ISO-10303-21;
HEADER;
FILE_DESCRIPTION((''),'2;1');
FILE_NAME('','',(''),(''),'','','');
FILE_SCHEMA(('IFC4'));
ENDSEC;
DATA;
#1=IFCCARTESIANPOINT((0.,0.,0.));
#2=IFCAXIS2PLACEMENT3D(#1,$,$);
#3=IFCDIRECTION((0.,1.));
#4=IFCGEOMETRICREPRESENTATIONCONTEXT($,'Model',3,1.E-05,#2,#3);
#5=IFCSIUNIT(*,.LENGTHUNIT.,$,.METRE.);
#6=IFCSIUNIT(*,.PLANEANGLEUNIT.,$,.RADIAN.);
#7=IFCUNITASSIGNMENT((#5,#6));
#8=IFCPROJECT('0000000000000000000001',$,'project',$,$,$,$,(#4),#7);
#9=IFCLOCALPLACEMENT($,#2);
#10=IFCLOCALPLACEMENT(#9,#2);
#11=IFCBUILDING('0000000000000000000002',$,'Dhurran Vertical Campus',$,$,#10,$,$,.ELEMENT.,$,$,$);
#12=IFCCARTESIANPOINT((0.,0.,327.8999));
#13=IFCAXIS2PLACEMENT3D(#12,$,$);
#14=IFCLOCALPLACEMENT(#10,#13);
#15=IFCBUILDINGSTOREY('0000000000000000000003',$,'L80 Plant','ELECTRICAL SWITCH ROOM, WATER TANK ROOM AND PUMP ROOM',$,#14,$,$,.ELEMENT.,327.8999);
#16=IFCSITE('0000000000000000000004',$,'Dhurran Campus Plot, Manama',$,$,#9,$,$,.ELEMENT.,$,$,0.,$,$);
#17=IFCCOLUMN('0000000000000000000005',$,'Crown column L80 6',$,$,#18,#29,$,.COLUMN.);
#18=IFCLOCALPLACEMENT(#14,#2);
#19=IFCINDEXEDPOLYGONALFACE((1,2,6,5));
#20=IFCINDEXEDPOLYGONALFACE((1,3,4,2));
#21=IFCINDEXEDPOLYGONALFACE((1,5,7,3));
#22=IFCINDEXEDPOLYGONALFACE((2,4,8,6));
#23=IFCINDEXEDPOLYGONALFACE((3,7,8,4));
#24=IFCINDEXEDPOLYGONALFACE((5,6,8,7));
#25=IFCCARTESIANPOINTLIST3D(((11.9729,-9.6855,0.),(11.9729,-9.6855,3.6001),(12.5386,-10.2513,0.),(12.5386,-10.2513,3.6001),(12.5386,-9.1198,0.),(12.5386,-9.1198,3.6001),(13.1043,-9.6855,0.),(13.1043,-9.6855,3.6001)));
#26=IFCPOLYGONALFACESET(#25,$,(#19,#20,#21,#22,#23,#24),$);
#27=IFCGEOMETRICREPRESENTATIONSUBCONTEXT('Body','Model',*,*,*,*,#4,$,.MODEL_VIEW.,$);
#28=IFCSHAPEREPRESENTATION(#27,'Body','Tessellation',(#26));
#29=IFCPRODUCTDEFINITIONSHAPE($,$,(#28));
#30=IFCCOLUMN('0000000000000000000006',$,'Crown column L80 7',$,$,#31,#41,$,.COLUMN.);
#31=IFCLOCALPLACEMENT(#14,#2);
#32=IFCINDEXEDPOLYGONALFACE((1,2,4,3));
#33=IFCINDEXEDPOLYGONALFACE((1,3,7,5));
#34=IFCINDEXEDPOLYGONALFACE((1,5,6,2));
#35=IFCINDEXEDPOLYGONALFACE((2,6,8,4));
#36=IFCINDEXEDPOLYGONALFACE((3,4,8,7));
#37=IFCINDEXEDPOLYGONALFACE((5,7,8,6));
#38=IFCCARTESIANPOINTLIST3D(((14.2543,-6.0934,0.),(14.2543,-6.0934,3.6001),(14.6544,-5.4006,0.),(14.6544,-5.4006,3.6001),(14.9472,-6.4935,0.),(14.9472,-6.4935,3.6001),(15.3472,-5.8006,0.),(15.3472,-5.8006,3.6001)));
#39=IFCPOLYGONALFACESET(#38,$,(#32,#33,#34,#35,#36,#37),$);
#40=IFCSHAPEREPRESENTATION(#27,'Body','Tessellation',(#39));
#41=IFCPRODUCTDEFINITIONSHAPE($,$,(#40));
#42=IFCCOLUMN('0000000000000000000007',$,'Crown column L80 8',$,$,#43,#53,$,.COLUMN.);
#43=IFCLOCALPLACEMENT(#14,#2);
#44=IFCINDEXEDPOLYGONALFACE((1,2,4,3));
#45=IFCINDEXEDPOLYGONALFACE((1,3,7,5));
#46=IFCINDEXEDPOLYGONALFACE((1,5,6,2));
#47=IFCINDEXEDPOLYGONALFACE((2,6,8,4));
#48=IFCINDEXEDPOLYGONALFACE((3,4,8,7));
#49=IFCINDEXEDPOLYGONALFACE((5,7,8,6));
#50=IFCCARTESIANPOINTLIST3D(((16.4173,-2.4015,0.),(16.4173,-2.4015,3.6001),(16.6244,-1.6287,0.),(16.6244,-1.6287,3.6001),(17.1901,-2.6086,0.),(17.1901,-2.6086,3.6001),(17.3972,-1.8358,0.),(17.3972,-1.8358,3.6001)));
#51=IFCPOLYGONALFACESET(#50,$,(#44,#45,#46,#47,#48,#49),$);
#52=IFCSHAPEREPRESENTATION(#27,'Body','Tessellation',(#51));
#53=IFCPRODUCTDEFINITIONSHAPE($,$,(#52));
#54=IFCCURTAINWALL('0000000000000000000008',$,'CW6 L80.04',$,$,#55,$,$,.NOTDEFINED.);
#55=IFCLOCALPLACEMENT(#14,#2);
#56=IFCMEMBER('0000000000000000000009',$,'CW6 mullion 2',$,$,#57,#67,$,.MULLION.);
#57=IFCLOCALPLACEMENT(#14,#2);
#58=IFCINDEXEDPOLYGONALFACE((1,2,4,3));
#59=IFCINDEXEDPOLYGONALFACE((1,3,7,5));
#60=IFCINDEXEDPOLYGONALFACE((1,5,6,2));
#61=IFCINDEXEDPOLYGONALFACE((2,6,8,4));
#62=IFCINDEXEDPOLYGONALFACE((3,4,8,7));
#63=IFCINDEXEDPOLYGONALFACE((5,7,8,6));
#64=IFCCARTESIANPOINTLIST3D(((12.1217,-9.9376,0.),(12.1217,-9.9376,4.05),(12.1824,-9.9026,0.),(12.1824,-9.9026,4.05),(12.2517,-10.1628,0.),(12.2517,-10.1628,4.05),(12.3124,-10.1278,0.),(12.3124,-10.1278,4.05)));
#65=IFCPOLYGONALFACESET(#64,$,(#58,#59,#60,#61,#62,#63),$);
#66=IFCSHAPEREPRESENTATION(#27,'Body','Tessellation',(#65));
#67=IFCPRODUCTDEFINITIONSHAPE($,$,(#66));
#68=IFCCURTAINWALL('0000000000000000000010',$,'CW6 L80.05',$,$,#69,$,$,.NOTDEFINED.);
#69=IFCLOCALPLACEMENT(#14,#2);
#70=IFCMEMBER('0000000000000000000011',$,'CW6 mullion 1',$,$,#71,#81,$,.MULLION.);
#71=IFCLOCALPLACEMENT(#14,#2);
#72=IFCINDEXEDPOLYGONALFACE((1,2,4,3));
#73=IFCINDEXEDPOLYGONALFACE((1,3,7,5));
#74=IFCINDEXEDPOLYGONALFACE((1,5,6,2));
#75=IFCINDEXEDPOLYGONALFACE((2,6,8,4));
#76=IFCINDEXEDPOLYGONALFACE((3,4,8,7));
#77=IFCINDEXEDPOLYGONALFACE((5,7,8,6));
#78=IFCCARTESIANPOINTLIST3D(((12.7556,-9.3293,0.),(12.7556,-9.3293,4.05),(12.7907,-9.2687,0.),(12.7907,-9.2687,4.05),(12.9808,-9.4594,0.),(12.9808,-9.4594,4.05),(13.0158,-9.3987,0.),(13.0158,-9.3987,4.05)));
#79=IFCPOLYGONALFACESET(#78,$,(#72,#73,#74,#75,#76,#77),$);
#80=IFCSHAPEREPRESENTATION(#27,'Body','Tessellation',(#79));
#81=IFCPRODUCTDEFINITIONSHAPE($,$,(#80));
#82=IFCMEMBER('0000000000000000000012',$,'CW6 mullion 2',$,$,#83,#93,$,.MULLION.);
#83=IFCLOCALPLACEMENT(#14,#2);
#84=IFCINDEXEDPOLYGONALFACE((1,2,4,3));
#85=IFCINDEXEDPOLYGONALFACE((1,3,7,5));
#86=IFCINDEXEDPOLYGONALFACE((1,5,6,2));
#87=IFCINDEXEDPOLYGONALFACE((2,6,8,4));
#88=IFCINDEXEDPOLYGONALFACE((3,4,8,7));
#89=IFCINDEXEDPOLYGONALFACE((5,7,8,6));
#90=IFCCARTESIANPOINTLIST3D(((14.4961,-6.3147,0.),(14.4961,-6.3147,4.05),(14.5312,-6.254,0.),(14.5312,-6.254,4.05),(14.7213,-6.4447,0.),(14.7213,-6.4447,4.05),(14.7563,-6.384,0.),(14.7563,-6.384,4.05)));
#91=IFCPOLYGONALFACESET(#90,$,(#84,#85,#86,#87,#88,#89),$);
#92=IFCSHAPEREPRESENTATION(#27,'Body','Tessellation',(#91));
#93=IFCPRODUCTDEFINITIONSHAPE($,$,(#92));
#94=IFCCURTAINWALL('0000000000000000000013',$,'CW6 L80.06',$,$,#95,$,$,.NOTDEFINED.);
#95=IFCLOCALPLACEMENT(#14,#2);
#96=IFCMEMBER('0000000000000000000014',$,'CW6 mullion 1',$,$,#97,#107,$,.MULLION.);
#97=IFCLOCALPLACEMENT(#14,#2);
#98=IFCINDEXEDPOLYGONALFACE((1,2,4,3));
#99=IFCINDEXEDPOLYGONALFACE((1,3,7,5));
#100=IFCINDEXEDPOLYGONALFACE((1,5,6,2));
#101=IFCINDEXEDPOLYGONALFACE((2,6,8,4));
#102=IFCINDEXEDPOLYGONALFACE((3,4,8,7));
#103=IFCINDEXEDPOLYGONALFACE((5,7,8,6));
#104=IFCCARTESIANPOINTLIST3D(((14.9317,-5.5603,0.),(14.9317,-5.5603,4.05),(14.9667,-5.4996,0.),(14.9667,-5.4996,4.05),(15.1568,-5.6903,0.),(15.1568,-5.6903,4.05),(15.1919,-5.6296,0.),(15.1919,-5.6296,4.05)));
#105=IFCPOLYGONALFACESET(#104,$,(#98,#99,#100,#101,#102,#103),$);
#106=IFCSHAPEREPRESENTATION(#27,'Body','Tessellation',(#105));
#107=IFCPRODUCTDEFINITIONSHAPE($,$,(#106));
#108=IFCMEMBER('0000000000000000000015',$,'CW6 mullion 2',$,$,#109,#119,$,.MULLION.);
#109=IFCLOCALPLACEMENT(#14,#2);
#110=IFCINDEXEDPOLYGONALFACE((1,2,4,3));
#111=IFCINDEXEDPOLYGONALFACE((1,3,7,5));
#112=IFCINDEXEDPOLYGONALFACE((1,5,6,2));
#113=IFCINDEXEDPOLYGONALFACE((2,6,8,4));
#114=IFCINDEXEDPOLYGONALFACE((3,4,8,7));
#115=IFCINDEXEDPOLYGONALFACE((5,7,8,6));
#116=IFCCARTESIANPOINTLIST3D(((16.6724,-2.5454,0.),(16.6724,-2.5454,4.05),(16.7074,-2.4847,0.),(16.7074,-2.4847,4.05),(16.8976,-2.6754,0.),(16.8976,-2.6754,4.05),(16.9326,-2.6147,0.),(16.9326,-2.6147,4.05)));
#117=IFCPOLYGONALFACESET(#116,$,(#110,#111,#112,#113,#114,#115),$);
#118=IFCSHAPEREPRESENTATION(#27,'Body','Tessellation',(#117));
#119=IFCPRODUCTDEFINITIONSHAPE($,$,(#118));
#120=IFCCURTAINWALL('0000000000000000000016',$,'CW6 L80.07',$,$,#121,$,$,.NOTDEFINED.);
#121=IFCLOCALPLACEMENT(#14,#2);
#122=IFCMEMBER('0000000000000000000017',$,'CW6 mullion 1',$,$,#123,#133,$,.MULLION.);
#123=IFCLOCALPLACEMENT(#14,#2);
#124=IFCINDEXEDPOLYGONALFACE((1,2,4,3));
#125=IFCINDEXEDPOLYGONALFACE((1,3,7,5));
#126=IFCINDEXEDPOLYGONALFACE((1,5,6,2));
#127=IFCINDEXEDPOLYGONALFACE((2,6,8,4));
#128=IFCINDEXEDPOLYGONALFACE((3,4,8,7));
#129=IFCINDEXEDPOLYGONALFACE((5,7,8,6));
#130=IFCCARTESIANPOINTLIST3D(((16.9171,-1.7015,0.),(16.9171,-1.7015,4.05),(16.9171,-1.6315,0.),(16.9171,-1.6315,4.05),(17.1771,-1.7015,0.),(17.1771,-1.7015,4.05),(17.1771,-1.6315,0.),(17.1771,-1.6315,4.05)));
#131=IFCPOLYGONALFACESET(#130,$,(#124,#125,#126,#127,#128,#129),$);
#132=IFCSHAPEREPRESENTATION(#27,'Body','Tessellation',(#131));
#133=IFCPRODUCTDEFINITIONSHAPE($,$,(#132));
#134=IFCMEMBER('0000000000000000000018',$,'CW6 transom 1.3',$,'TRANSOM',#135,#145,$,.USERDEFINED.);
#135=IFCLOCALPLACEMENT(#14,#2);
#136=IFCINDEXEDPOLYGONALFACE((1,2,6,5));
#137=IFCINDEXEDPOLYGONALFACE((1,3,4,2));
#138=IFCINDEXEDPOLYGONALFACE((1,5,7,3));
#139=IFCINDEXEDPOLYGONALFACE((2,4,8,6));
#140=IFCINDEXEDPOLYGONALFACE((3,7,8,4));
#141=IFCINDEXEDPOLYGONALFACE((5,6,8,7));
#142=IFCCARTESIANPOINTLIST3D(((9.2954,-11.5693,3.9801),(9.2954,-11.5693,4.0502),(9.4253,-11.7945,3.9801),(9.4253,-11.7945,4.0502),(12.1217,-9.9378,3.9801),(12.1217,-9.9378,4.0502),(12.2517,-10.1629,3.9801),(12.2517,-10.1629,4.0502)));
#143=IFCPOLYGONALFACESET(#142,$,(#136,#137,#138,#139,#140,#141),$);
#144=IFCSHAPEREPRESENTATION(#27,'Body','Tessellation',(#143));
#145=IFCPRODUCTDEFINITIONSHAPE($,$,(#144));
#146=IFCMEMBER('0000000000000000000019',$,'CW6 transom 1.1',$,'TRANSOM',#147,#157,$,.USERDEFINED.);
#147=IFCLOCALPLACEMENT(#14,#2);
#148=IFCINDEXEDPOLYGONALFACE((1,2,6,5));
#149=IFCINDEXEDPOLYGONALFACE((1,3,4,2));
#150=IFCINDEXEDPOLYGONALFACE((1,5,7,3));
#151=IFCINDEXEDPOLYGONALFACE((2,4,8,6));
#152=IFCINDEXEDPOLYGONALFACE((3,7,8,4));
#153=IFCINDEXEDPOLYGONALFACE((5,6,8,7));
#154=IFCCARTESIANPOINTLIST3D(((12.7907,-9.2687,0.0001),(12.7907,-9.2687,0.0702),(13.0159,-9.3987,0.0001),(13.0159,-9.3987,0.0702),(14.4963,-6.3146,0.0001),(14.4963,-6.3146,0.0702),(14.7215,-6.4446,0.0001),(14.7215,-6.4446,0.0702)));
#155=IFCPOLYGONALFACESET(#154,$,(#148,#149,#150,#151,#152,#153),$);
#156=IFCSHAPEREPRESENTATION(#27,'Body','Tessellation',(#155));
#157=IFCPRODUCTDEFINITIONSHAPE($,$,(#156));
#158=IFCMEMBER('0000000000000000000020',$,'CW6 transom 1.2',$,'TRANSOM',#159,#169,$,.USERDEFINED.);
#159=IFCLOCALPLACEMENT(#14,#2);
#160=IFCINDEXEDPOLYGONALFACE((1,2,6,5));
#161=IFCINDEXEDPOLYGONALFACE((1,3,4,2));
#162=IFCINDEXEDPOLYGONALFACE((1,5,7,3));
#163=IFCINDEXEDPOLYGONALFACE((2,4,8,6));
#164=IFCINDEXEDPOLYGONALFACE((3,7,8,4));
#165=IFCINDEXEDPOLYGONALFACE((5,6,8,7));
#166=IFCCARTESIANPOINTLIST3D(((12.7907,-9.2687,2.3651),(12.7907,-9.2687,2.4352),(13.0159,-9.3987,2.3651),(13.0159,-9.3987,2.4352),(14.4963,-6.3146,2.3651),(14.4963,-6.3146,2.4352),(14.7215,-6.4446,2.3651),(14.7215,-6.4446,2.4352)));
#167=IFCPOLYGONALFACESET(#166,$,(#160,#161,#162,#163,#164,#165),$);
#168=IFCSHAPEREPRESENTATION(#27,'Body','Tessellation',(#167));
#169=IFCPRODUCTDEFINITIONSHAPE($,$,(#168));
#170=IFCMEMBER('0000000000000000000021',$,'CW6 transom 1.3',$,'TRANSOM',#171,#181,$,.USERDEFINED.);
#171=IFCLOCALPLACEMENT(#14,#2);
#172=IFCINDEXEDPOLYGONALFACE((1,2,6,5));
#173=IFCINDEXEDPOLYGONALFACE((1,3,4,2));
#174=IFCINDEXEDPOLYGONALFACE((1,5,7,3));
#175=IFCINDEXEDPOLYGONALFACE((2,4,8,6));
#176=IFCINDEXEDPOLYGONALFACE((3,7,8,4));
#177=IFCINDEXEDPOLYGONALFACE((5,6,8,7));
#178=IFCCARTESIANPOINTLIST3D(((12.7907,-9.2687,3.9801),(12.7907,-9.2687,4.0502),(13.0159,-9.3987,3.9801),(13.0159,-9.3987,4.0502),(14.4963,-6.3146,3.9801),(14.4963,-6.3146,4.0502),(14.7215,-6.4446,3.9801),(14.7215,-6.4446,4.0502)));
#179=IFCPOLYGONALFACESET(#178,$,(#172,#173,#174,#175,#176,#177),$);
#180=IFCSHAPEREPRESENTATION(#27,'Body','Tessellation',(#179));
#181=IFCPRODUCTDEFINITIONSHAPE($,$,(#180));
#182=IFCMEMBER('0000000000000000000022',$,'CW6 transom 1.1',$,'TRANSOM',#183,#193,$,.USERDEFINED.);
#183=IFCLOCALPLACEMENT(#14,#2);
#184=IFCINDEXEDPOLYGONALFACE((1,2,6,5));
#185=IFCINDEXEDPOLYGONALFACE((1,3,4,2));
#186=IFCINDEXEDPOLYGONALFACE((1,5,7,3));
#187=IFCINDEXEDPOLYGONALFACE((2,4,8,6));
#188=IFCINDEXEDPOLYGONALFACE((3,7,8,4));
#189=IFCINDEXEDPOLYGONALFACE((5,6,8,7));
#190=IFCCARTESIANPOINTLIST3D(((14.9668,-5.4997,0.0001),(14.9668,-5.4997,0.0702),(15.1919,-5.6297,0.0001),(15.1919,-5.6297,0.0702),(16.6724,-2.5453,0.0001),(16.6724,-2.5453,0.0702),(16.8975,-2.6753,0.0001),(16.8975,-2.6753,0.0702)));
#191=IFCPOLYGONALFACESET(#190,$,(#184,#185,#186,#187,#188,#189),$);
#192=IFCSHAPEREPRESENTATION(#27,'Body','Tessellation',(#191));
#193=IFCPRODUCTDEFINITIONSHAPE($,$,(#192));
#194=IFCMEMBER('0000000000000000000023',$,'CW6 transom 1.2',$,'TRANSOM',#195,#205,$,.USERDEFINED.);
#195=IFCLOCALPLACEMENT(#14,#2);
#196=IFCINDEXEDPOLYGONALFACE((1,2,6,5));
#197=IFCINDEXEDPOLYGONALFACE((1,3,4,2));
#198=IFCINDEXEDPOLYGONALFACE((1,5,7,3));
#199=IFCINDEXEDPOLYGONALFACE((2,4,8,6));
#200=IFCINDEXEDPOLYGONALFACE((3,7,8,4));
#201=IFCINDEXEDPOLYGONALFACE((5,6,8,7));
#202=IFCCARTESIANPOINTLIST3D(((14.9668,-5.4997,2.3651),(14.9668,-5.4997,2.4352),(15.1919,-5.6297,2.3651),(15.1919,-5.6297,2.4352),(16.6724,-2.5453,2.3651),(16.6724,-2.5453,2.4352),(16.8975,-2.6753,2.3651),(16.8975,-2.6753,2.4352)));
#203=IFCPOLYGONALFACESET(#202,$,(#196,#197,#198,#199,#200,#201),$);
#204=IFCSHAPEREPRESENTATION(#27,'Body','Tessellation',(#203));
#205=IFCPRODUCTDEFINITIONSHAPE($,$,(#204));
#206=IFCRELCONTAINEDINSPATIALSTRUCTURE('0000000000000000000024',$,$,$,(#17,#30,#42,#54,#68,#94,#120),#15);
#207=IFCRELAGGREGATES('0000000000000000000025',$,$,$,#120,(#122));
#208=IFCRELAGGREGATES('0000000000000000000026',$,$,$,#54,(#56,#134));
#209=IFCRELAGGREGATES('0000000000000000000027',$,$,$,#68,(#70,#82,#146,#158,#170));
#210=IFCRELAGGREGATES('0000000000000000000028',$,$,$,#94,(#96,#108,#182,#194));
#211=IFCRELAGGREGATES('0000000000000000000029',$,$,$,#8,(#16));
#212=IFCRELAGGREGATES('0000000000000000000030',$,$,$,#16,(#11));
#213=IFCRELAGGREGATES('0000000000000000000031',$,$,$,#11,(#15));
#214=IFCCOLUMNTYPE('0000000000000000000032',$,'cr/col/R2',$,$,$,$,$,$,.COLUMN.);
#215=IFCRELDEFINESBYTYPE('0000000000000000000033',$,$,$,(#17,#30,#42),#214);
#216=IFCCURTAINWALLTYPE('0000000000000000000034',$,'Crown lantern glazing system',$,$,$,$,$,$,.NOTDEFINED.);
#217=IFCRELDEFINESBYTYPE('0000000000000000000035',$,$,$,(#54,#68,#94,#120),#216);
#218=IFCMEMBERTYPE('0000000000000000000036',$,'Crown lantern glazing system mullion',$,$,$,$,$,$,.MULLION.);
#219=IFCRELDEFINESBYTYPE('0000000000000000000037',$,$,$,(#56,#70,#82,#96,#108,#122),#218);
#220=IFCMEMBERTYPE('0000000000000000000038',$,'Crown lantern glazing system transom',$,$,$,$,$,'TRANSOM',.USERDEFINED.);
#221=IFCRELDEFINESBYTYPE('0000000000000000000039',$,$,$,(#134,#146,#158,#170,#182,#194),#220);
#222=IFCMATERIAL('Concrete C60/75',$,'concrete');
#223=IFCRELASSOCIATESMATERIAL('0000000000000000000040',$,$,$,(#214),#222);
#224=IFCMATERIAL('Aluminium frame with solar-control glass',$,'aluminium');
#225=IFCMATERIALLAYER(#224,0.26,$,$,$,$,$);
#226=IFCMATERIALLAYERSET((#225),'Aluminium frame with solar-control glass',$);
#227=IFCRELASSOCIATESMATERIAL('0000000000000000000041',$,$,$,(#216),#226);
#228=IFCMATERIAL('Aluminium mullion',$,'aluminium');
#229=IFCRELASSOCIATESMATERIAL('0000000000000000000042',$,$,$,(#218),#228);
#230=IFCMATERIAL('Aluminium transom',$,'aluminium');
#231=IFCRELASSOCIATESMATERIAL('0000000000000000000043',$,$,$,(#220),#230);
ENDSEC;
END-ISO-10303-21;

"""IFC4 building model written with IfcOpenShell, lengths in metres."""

from ifc_helpers import new_model, si_unit, direction, frame, origin, origin_2d, place, context, subcontext, project, spatial, rectangle, extrude, material, layer, layer_set, material_profile, profile_set, type_object, element, aggregate, save


model = new_model("IFC4")

# Units and contexts
model_context = context("Model", 3, precision=1e-05, world=origin(), true_north=direction((0.0, 1.0)))
body_context = subcontext(model_context, "Body", "Model", "MODEL_VIEW")
ifc_project = project(units=[si_unit("LENGTHUNIT", "METRE"), si_unit("PLANEANGLEUNIT", "RADIAN")], contexts=[model_context])

# Site, building, storey
site_placement = place(None, origin())
site = spatial("IfcSite", under=ifc_project, at=site_placement, Name="Dhurran Campus Plot, Manama", CompositionType="ELEMENT", RefElevation=0.0)
building_placement = place(site_placement, origin())
building = spatial("IfcBuilding", under=site, at=building_placement, Name="Dhurran Vertical Campus", CompositionType="ELEMENT")
storey_placement = place(building_placement, frame((0.0, 0.0, 327.8999)))
storey = spatial("IfcBuildingStorey", under=building, at=storey_placement, Name="L80 Plant", Description="ELECTRICAL SWITCH ROOM, WATER TANK ROOM AND PUMP ROOM", CompositionType="ELEMENT", Elevation=327.8999)

# Columns
ifc_material_1 = material(Name="Concrete C60/75", Category="concrete")
ifc_material_profile_1 = material_profile(ifc_material_1, rectangle(XDim=0.8, YDim=0.8, at=origin_2d()), Name="cr/col/R2")
ifc_profile_set_1 = profile_set([ifc_material_profile_1], Name="Concrete C60/75")
column_type = type_object("IfcColumnType", Name="cr/col/R2", PredefinedType="COLUMN", material=ifc_profile_set_1)
for number, where, z_axis, x_axis, name in (
    (1, (12.5386, -9.6855, 0.0), (0.0, 0.0, 1.0), (0.707107, 0.707107, 0.0), "Crown column L80 6"),
    (2, (14.8008, -5.947, 0.0), (0.0, 0.0, 1.0), (0.5, 0.866025, 0.0), "Crown column L80 7"),
    (3, (16.9072, -2.1187, 0.0), (0.0, 0.0, 1.0), (0.258819, 0.965926, 0.0), "Crown column L80 8"),
):
    element("IfcColumn", number, at=place(storey_placement, frame(where, z_axis=z_axis, x_axis=x_axis)), inside=storey, type_object=column_type, Name=name, PredefinedType="COLUMN", context=body_context, shape_type="SweptSolid", body=[
        extrude(rectangle(XDim=0.8, YDim=0.8, at=origin_2d()), origin(), (0.0, 0.0, 1.0), 3.6001),
    ])

# Curtain wall, member
ifc_material_2 = material(Name="Aluminium frame with solar-control glass", Category="aluminium")
ifc_layer_1 = layer(ifc_material_2, 0.26)
ifc_layer_set_1 = layer_set([ifc_layer_1], Name="Aluminium frame with solar-control glass")
curtain_wall_type = type_object("IfcCurtainWallType", Name="Crown lantern glazing system", PredefinedType="NOTDEFINED", material=ifc_layer_set_1)
curtain_wall_1_placement = place(storey_placement, origin())
curtain_wall_1 = element("IfcCurtainWall", 4, at=curtain_wall_1_placement, inside=storey, type_object=curtain_wall_type, Name="CW6 L80.04", PredefinedType="NOTDEFINED")
ifc_material_3 = material(Name="Aluminium mullion", Category="aluminium")
ifc_material_profile_2 = material_profile(ifc_material_3, rectangle(XDim=0.26, YDim=0.0701, at=origin_2d()), Name="Crown lantern glazing system mullion")
ifc_profile_set_2 = profile_set([ifc_material_profile_2], Name="Aluminium mullion")
member_type_1 = type_object("IfcMemberType", Name="Crown lantern glazing system mullion", PredefinedType="MULLION", material=ifc_profile_set_2)
member_1_placement = place(storey_placement, frame((12.217, -10.0327, 0.0), z_axis=(0.0, 0.0, 1.0), x_axis=(-0.499991, 0.86603, 0.0)))
member_1 = element("IfcMember", 5, at=member_1_placement, type_object=member_type_1, Name="CW6 mullion 2", PredefinedType="MULLION", context=body_context, shape_type="SweptSolid", body=[
    extrude(rectangle(XDim=0.26, YDim=0.0701, at=origin_2d()), origin(), (0.0, 0.0, 1.0), 4.05),
])

# Curtain walls, members
curtain_wall_2_placement = place(storey_placement, origin())
curtain_wall_2 = element("IfcCurtainWall", 6, at=curtain_wall_2_placement, inside=storey, type_object=curtain_wall_type, Name="CW6 L80.05", PredefinedType="NOTDEFINED")
member_2_placement = place(storey_placement, frame((12.8857, -9.364, 0.0), z_axis=(0.0, 0.0, 1.0), x_axis=(-0.866016, 0.500016, 0.0)))
member_2 = element("IfcMember", 7, at=member_2_placement, type_object=member_type_1, Name="CW6 mullion 1", PredefinedType="MULLION", context=body_context, shape_type="SweptSolid", body=[
    extrude(rectangle(XDim=0.26, YDim=0.0701, at=origin_2d()), origin(), (0.0, 0.0, 1.0), 4.05),
])
member_3_placement = place(storey_placement, frame((14.6262, -6.3494, 0.0), z_axis=(0.0, 0.0, 1.0), x_axis=(-0.866016, 0.500016, 0.0)))
member_3 = element("IfcMember", 8, at=member_3_placement, type_object=member_type_1, Name="CW6 mullion 2", PredefinedType="MULLION", context=body_context, shape_type="SweptSolid", body=[
    extrude(rectangle(XDim=0.26, YDim=0.0701, at=origin_2d()), origin(), (0.0, 0.0, 1.0), 4.05),
])
curtain_wall_3_placement = place(storey_placement, origin())
curtain_wall_3 = element("IfcCurtainWall", 9, at=curtain_wall_3_placement, inside=storey, type_object=curtain_wall_type, Name="CW6 L80.06", PredefinedType="NOTDEFINED")
member_4_placement = place(storey_placement, frame((15.0618, -5.595, 0.0), z_axis=(0.0, 0.0, 1.0), x_axis=(-0.86603, 0.499991, 0.0)))
member_4 = element("IfcMember", 10, at=member_4_placement, type_object=member_type_1, Name="CW6 mullion 1", PredefinedType="MULLION", context=body_context, shape_type="SweptSolid", body=[
    extrude(rectangle(XDim=0.26, YDim=0.0701, at=origin_2d()), origin(), (0.0, 0.0, 1.0), 4.05),
])
member_5_placement = place(storey_placement, frame((16.8025, -2.5801, 0.0), z_axis=(0.0, 0.0, 1.0), x_axis=(-0.86603, 0.499991, 0.0)))
member_5 = element("IfcMember", 11, at=member_5_placement, type_object=member_type_1, Name="CW6 mullion 2", PredefinedType="MULLION", context=body_context, shape_type="SweptSolid", body=[
    extrude(rectangle(XDim=0.26, YDim=0.0701, at=origin_2d()), origin(), (0.0, 0.0, 1.0), 4.05),
])

# Curtain wall, member
curtain_wall_4_placement = place(storey_placement, origin())
curtain_wall_4 = element("IfcCurtainWall", 12, at=curtain_wall_4_placement, inside=storey, type_object=curtain_wall_type, Name="CW6 L80.07", PredefinedType="NOTDEFINED")
member_6_placement = place(storey_placement, frame((17.0471, -1.6665, 0.0), z_axis=(0.0, 0.0, 1.0), x_axis=(-1.0, 0.0, 0.0)))
member_6 = element("IfcMember", 13, at=member_6_placement, type_object=member_type_1, Name="CW6 mullion 1", PredefinedType="MULLION", context=body_context, shape_type="SweptSolid", body=[
    extrude(rectangle(XDim=0.26, YDim=0.0701, at=origin_2d()), origin(), (0.0, 0.0, 1.0), 4.05),
])

# Members
ifc_material_4 = material(Name="Aluminium transom", Category="aluminium")
ifc_material_profile_3 = material_profile(ifc_material_4, rectangle(XDim=0.26, YDim=0.0701, at=origin_2d()), Name="Crown lantern glazing system transom")
ifc_profile_set_3 = profile_set([ifc_material_profile_3], Name="Aluminium transom")
member_type_2 = type_object("IfcMemberType", Name="Crown lantern glazing system transom", ElementType="TRANSOM", PredefinedType="USERDEFINED", material=ifc_profile_set_3)
member_7_placement = place(storey_placement, frame((9.3604, -11.6819, 4.0151), z_axis=(0.866057, 0.499945, 0.0), x_axis=(-0.499945, 0.866057, 0.0)))
member_7 = element("IfcMember", 14, at=member_7_placement, type_object=member_type_2, Name="CW6 transom 1.3", ObjectType="TRANSOM", PredefinedType="USERDEFINED", context=body_context, shape_type="SweptSolid", body=[
    extrude(rectangle(XDim=0.26, YDim=0.0701, at=origin_2d()), origin(), (0.0, 0.0, 1.0), 3.2634),
])
member_8_placement = place(storey_placement, frame((12.9033, -9.3337, 0.0352), z_axis=(0.500003, 0.866023, 0.0), x_axis=(-0.866023, 0.500003, 0.0)))
member_8 = element("IfcMember", 15, at=member_8_placement, type_object=member_type_2, Name="CW6 transom 1.1", ObjectType="TRANSOM", PredefinedType="USERDEFINED", context=body_context, shape_type="SweptSolid", body=[
    extrude(rectangle(XDim=0.26, YDim=0.0701, at=origin_2d()), origin(), (0.0, 0.0, 1.0), 3.4111),
])
member_9_placement = place(storey_placement, frame((12.9033, -9.3337, 2.4001), z_axis=(0.500003, 0.866023, 0.0), x_axis=(-0.866023, 0.500003, 0.0)))
member_9 = element("IfcMember", 16, at=member_9_placement, type_object=member_type_2, Name="CW6 transom 1.2", ObjectType="TRANSOM", PredefinedType="USERDEFINED", context=body_context, shape_type="SweptSolid", body=[
    extrude(rectangle(XDim=0.26, YDim=0.0701, at=origin_2d()), origin(), (0.0, 0.0, 1.0), 3.4111),
])
member_10_placement = place(storey_placement, frame((12.9033, -9.3337, 4.0151), z_axis=(0.500003, 0.866023, 0.0), x_axis=(-0.866023, 0.500003, 0.0)))
member_10 = element("IfcMember", 17, at=member_10_placement, type_object=member_type_2, Name="CW6 transom 1.3", ObjectType="TRANSOM", PredefinedType="USERDEFINED", context=body_context, shape_type="SweptSolid", body=[
    extrude(rectangle(XDim=0.26, YDim=0.0701, at=origin_2d()), origin(), (0.0, 0.0, 1.0), 3.4111),
])
member_11_placement = place(storey_placement, frame((15.0793, -5.5647, 0.0352), z_axis=(0.499972, 0.866041, 0.0), x_axis=(-0.866041, 0.499972, 0.0)))
member_11 = element("IfcMember", 18, at=member_11_placement, type_object=member_type_2, Name="CW6 transom 1.1", ObjectType="TRANSOM", PredefinedType="USERDEFINED", context=body_context, shape_type="SweptSolid", body=[
    extrude(rectangle(XDim=0.26, YDim=0.0701, at=origin_2d()), origin(), (0.0, 0.0, 1.0), 3.4114),
])
member_12_placement = place(storey_placement, frame((15.0793, -5.5647, 2.4001), z_axis=(0.499972, 0.866041, 0.0), x_axis=(-0.866041, 0.499972, 0.0)))
member_12 = element("IfcMember", 19, at=member_12_placement, type_object=member_type_2, Name="CW6 transom 1.2", ObjectType="TRANSOM", PredefinedType="USERDEFINED", context=body_context, shape_type="SweptSolid", body=[
    extrude(rectangle(XDim=0.26, YDim=0.0701, at=origin_2d()), origin(), (0.0, 0.0, 1.0), 3.4114),
])
aggregate(curtain_wall_4, [member_6])

aggregate(curtain_wall_1, [member_1, member_7])
aggregate(curtain_wall_2, [member_2, member_3, member_8, member_9, member_10])
aggregate(curtain_wall_3, [member_4, member_5, member_11, member_12])

save(model, "model.ifc")
